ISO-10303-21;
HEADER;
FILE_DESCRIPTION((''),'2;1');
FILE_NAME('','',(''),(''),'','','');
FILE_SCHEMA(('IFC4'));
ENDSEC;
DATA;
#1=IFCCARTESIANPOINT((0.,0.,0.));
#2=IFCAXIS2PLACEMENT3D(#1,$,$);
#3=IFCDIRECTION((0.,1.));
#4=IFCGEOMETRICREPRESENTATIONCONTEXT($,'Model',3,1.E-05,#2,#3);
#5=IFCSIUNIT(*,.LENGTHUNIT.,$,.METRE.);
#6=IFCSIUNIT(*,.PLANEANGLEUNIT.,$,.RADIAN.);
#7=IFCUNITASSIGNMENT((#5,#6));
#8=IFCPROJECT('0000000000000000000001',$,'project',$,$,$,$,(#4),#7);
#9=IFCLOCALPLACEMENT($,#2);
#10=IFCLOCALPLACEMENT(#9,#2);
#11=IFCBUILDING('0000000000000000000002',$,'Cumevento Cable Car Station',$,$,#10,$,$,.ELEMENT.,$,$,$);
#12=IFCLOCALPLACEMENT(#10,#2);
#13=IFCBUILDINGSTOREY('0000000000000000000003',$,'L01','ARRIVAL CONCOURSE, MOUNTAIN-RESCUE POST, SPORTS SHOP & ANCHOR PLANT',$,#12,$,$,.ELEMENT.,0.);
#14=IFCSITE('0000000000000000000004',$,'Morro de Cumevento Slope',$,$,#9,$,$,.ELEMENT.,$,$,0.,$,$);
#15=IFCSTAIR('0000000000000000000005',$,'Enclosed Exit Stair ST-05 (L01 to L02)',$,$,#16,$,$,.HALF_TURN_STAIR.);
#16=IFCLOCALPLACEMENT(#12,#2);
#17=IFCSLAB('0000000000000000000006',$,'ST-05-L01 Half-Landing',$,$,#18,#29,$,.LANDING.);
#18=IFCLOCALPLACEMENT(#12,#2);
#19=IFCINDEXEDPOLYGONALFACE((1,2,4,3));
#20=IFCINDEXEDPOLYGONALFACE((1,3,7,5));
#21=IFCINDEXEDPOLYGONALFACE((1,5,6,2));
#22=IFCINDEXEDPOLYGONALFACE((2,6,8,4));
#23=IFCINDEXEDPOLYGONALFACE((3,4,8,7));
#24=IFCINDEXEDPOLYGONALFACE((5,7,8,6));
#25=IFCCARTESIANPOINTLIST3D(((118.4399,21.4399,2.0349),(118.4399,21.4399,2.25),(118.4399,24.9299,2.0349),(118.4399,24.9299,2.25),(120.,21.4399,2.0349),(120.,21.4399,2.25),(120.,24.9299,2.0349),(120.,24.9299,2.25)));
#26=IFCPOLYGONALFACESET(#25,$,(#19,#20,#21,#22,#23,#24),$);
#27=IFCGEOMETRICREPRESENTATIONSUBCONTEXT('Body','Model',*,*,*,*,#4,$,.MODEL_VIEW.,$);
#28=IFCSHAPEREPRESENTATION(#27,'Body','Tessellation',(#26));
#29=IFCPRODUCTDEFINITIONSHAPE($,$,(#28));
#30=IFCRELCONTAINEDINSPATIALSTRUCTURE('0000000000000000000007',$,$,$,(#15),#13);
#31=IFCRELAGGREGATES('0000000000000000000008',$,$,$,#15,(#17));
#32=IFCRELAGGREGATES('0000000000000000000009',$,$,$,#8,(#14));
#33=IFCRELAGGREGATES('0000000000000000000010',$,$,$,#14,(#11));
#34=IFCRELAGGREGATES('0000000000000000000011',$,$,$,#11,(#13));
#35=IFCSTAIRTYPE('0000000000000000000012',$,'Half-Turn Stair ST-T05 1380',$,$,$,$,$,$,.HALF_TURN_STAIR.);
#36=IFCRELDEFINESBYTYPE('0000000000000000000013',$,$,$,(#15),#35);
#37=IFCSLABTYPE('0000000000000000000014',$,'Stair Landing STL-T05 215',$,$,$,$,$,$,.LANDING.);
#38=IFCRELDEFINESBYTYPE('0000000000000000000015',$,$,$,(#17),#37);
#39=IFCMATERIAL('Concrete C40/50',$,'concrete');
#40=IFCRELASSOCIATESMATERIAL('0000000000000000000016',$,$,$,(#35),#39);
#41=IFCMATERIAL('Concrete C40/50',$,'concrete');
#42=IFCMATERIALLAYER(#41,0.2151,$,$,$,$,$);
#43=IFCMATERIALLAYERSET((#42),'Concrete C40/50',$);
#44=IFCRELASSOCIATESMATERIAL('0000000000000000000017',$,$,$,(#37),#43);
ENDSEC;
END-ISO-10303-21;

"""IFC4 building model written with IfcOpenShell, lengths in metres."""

from ifc_helpers import new_model, si_unit, direction, frame, origin, place, context, subcontext, project, spatial, polyline, outline, extrude, material, layer, layer_set, type_object, element, aggregate, save


model = new_model("IFC4")

# Units and contexts
model_context = context("Model", 3, precision=1e-05, world=origin(), true_north=direction((0.0, 1.0)))
body_context = subcontext(model_context, "Body", "Model", "MODEL_VIEW")
ifc_project = project(units=[si_unit("LENGTHUNIT", "METRE"), si_unit("PLANEANGLEUNIT", "RADIAN")], contexts=[model_context])

# Site, building, storey
site_placement = place(None, origin())
site = spatial("IfcSite", under=ifc_project, at=site_placement, Name="Morro de Cumevento Slope", CompositionType="ELEMENT", RefElevation=0.0)
building_placement = place(site_placement, origin())
building = spatial("IfcBuilding", under=site, at=building_placement, Name="Cumevento Cable Car Station", CompositionType="ELEMENT")
storey_placement = place(building_placement, origin())
storey = spatial("IfcBuildingStorey", under=building, at=storey_placement, Name="L01", Description="ARRIVAL CONCOURSE, MOUNTAIN-RESCUE POST, SPORTS SHOP & ANCHOR PLANT", CompositionType="ELEMENT", Elevation=0.0)

# Stair, slab
ifc_material_1 = material(Name="Concrete C40/50", Category="concrete")
stair_type_1 = type_object("IfcStairType", Name="Half-Turn Stair ST-T05 1380", PredefinedType="HALF_TURN_STAIR", material=ifc_material_1)
stair_1_placement = place(storey_placement, origin())
stair_1 = element("IfcStair", 1, at=stair_1_placement, inside=storey, type_object=stair_type_1, Name="Enclosed Exit Stair ST-05 (L01 to L02)", PredefinedType="HALF_TURN_STAIR")
ifc_material_2 = material(Name="Concrete C40/50", Category="concrete")
ifc_layer_1 = layer(ifc_material_2, 0.2151)
ifc_layer_set_1 = layer_set([ifc_layer_1], Name="Concrete C40/50")
slab_type_1 = type_object("IfcSlabType", Name="Stair Landing STL-T05 215", PredefinedType="LANDING", material=ifc_layer_set_1)
slab_1_placement = place(storey_placement, frame((0.0, 0.0, 2.0349)))
slab_1 = element("IfcSlab", 2, at=slab_1_placement, type_object=slab_type_1, Name="ST-05-L01 Half-Landing", PredefinedType="LANDING", context=body_context, shape_type="SweptSolid", body=[
    extrude(outline(polyline([(118.4399, 21.4399), (120.0, 21.4399), (120.0, 24.9299), (118.4399, 24.9299), (118.4399, 21.4399)])), origin(), (0.0, 0.0, 1.0), 0.2151),
])
aggregate(stair_1, [slab_1])

save(model, "model.ifc")
